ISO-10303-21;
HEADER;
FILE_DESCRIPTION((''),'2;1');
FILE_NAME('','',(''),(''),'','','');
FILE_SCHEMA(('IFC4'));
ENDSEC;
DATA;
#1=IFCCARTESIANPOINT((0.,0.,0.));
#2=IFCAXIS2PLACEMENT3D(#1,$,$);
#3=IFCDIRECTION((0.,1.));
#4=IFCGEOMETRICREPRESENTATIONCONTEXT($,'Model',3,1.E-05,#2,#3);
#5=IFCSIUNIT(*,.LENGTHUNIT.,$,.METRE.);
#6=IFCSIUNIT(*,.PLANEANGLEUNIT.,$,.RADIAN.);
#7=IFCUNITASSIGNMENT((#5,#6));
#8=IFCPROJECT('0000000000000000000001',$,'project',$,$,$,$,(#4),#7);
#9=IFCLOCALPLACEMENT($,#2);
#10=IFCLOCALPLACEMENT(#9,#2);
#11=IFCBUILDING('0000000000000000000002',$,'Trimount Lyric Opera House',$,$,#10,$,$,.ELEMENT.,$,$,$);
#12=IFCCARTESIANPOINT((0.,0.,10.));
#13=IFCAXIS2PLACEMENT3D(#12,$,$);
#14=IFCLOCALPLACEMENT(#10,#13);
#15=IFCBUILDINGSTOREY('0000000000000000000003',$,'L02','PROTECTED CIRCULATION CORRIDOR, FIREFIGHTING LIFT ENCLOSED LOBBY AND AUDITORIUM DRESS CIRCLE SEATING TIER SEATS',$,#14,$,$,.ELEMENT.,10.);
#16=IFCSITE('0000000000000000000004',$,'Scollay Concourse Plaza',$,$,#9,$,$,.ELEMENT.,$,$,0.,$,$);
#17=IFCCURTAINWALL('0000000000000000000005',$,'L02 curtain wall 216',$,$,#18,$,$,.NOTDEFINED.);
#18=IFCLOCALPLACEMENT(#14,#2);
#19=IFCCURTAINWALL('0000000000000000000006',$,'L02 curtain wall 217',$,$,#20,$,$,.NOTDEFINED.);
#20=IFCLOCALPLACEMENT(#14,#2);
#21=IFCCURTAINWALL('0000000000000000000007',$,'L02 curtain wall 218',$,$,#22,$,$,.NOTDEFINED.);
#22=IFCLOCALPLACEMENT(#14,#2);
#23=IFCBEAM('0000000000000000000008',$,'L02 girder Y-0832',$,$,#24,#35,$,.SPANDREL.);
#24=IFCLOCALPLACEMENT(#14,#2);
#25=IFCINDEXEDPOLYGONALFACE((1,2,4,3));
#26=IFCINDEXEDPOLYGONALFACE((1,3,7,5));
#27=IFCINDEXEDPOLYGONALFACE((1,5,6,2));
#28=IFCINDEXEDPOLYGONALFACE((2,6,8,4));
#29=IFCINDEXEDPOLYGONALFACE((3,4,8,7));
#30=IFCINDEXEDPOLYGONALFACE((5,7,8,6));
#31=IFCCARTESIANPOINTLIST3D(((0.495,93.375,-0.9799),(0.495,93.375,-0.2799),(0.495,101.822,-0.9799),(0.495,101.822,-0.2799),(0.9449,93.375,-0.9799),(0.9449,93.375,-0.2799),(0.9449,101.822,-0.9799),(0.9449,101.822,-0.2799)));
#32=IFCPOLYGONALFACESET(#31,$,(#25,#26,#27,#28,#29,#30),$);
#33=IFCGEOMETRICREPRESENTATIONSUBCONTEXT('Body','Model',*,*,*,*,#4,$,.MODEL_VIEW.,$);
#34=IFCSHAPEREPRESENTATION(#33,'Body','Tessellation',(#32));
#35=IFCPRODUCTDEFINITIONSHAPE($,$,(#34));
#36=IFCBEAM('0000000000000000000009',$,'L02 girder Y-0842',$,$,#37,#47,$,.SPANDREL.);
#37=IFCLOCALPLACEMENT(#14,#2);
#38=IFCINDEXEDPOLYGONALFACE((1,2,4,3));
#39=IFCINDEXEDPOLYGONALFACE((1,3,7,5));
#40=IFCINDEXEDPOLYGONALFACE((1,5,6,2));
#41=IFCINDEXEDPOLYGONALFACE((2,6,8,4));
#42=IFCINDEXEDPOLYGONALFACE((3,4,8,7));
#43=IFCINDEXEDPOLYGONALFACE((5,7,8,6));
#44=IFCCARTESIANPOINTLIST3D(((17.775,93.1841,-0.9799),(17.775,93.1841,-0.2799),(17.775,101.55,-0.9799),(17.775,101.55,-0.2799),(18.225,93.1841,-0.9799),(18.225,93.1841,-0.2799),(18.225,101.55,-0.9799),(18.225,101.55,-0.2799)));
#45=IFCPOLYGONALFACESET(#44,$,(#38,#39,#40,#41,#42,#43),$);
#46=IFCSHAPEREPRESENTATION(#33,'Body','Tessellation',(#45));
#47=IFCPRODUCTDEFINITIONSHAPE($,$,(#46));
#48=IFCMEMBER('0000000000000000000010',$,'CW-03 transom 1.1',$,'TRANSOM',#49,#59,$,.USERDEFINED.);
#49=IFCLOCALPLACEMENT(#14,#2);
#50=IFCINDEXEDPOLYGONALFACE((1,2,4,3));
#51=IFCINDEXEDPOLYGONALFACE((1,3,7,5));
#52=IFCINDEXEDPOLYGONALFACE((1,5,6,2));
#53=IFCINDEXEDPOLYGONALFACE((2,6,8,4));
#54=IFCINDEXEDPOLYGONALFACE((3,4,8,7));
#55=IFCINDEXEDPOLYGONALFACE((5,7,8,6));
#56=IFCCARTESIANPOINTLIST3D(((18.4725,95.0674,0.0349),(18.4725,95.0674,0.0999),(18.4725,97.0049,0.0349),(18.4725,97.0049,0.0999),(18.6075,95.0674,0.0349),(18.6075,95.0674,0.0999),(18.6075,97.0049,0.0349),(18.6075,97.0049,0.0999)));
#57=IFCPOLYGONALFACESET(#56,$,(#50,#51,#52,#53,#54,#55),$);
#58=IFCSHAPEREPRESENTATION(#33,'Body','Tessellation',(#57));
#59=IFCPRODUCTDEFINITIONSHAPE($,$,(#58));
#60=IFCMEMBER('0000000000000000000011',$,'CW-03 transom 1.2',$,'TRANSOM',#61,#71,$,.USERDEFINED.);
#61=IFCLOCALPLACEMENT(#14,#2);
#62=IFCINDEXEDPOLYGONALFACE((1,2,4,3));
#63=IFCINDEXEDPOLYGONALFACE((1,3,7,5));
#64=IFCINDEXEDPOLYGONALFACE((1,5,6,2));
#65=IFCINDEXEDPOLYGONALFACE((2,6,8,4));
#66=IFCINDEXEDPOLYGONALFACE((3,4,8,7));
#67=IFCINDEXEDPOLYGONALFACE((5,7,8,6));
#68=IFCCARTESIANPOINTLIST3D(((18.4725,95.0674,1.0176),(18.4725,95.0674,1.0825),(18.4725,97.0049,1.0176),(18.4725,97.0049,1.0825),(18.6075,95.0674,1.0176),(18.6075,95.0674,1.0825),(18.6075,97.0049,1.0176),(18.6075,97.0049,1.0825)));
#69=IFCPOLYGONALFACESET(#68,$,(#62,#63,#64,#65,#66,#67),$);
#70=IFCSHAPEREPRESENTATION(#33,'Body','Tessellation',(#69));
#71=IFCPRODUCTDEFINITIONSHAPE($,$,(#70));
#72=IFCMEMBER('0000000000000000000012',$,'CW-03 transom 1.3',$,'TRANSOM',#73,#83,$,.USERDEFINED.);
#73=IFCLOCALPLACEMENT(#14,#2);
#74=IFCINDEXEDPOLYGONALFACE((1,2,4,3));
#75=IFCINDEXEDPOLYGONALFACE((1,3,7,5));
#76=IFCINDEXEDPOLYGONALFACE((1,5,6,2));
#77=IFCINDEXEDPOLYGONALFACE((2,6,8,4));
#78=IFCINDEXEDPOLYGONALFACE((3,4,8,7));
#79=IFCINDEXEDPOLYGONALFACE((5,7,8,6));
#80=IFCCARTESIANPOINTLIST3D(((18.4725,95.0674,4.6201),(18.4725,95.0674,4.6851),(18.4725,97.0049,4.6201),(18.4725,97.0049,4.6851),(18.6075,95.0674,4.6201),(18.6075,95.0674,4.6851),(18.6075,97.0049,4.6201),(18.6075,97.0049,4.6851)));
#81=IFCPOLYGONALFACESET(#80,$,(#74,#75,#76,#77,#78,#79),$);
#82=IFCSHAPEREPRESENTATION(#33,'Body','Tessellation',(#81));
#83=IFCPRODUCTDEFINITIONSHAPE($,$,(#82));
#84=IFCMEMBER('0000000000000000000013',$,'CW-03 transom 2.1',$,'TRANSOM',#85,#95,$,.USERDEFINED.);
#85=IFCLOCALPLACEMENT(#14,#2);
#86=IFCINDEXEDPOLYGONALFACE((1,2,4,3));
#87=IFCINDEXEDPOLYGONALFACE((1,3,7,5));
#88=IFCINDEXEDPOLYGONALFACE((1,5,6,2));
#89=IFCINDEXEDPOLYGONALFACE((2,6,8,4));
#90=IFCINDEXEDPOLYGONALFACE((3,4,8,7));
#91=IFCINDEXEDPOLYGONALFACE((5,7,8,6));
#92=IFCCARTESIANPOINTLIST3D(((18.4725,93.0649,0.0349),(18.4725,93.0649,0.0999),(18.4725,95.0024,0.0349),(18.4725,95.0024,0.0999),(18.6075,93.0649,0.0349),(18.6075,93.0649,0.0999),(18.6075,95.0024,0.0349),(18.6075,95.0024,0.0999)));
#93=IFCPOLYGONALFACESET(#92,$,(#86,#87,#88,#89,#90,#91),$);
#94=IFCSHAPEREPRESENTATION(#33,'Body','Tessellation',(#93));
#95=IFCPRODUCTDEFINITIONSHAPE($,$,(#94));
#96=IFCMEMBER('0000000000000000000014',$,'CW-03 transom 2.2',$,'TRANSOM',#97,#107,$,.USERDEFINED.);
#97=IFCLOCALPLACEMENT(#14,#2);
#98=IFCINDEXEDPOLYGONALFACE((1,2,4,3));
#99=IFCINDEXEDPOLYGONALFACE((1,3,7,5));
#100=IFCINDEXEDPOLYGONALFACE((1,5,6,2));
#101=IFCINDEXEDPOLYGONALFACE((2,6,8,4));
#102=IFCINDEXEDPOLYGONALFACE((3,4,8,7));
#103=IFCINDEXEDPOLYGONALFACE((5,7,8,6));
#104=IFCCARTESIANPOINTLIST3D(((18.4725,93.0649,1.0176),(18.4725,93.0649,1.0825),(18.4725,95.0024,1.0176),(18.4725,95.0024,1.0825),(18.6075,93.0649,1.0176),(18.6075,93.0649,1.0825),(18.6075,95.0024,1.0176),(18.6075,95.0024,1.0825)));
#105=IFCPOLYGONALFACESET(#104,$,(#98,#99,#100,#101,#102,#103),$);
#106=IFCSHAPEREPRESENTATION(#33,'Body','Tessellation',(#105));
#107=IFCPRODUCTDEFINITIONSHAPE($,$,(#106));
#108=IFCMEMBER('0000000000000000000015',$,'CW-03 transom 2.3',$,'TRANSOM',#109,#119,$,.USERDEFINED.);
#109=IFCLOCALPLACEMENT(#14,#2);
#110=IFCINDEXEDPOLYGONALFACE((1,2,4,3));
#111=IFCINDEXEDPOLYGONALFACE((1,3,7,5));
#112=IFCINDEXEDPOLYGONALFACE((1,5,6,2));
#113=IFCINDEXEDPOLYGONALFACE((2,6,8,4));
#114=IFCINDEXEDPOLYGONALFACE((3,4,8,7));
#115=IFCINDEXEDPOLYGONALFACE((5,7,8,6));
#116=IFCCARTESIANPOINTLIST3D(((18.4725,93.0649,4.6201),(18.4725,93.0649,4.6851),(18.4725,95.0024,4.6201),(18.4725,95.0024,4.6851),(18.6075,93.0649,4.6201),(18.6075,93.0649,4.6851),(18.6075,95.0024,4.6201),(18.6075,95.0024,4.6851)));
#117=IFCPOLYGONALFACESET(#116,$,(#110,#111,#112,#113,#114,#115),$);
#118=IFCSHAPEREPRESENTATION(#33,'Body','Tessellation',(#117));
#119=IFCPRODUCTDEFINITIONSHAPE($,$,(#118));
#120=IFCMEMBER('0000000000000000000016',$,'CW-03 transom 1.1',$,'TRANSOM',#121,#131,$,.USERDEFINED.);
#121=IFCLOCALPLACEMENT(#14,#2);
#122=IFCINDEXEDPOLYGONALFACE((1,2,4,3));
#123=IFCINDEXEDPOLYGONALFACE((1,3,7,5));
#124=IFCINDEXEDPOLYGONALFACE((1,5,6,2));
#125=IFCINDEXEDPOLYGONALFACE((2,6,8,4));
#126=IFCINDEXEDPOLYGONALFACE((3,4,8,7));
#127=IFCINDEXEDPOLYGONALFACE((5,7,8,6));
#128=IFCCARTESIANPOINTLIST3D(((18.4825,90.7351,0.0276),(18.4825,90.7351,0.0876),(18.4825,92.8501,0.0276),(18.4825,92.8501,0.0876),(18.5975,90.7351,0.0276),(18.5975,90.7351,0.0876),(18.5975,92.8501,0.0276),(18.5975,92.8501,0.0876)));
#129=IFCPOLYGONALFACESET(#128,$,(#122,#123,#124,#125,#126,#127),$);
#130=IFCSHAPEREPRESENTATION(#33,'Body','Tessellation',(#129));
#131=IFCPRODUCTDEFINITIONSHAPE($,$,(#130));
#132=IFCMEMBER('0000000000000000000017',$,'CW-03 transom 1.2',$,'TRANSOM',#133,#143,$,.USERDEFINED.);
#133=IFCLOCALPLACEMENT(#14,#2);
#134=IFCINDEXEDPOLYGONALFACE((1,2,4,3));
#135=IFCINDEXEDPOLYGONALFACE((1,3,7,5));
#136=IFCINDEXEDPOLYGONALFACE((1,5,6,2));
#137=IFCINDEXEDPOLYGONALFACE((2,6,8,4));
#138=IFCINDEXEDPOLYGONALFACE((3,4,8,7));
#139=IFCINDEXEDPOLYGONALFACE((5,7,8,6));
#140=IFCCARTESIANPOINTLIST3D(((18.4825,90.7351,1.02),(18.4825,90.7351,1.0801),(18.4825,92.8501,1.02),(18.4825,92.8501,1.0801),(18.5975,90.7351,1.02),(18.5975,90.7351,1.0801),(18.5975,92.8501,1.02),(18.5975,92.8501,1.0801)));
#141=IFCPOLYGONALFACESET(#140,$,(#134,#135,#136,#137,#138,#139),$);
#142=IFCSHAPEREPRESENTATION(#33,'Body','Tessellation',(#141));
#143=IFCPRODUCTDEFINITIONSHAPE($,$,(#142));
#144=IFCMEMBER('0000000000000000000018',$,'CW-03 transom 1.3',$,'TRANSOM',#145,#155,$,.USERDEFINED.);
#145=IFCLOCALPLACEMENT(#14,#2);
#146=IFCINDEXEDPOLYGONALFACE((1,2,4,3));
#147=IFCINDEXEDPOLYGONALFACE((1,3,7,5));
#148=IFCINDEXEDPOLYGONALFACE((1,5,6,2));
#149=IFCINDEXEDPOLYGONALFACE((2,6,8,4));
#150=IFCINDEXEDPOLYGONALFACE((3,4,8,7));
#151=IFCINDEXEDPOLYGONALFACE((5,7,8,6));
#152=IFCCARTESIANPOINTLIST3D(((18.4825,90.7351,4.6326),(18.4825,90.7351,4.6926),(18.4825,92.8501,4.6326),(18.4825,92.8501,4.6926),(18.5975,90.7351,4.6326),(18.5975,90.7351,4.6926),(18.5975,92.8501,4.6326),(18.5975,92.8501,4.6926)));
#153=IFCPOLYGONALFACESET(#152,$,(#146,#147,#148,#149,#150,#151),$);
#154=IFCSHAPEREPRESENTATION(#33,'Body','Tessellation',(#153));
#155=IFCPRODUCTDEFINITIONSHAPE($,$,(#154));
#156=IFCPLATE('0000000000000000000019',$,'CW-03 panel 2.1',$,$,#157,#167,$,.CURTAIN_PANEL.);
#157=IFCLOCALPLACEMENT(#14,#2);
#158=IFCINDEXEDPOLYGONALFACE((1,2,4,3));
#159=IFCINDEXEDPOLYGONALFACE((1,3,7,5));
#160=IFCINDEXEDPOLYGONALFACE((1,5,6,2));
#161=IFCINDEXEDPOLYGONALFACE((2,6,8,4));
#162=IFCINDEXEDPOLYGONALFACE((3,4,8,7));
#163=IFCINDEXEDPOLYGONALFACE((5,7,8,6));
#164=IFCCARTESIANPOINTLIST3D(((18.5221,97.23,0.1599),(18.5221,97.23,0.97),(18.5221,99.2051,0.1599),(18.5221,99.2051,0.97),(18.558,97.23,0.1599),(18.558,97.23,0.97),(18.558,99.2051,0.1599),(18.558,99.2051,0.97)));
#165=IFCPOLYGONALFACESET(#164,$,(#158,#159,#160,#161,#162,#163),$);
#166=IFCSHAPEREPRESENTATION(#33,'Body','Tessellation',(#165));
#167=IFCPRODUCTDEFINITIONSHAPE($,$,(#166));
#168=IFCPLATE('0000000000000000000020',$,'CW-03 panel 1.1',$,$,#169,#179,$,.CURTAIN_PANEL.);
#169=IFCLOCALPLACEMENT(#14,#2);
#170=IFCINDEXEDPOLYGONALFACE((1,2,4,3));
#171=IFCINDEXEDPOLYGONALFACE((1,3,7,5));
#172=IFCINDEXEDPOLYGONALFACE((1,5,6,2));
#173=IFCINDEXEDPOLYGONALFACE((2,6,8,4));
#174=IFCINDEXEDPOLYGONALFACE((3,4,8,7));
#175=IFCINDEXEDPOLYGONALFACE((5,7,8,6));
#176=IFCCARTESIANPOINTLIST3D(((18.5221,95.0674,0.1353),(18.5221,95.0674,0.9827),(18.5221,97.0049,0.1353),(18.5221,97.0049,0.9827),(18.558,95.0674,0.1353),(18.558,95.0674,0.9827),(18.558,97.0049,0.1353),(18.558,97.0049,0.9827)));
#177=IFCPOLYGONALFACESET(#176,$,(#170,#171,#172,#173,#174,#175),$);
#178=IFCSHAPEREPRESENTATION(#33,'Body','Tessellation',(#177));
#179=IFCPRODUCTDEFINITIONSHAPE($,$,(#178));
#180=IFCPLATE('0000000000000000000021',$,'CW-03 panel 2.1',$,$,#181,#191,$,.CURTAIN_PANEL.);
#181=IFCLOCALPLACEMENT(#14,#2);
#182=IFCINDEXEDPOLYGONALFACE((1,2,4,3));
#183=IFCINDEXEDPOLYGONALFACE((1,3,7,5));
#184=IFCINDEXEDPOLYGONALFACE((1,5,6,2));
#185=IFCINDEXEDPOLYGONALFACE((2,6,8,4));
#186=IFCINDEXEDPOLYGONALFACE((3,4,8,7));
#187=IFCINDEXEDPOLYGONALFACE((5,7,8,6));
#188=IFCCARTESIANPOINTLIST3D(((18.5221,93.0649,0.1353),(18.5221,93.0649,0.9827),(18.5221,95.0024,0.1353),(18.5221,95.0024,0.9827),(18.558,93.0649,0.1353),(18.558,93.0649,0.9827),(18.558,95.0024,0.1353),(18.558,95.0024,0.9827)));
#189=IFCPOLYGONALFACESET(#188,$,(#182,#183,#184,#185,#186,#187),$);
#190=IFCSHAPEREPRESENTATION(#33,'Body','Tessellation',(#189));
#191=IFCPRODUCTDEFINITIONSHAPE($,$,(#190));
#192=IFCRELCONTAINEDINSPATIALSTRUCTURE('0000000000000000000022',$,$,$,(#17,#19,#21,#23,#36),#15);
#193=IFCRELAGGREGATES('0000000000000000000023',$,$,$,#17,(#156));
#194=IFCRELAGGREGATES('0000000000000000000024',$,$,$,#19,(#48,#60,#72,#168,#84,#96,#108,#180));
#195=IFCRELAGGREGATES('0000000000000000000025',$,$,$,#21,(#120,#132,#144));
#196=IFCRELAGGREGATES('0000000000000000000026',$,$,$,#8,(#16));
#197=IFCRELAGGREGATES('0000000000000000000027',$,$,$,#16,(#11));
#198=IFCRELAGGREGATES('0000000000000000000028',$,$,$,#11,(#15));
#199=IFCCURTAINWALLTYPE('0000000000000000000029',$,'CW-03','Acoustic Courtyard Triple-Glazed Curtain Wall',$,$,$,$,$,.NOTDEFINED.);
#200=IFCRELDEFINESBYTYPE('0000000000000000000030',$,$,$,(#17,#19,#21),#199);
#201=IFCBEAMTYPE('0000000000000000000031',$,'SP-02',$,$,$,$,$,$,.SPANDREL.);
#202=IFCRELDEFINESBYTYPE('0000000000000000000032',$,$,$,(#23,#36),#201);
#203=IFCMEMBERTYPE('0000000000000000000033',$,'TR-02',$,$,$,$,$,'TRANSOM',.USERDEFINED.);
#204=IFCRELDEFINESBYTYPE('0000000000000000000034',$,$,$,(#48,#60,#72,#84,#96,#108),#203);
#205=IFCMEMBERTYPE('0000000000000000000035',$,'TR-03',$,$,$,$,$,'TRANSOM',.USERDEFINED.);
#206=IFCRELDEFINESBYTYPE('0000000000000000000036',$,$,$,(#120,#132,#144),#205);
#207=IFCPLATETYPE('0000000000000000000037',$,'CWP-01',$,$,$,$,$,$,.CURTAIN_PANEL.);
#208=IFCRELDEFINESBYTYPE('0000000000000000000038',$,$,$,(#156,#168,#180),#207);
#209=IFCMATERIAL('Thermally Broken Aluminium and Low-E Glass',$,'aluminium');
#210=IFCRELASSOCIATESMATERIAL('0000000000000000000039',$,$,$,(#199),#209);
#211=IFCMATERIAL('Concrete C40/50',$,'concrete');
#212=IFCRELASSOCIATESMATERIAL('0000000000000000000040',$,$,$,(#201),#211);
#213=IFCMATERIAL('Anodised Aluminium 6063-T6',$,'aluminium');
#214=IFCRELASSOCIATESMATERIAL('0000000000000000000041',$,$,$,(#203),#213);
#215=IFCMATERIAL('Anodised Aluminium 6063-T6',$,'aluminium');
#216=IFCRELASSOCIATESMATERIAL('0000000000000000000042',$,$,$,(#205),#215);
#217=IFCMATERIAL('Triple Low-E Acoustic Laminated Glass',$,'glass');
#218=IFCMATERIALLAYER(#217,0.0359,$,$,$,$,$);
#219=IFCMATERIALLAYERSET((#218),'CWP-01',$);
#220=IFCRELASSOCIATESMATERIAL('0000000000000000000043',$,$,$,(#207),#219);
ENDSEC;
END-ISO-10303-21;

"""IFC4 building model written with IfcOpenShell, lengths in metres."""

from ifc_helpers import new_model, si_unit, direction, frame, origin, origin_2d, place, context, subcontext, project, spatial, rectangle, extrude, material, layer, layer_set, material_profile, profile_set, type_object, element, aggregate, save


model = new_model("IFC4")

# Units and contexts
model_context = context("Model", 3, precision=1e-05, world=origin(), true_north=direction((0.0, 1.0)))
body_context = subcontext(model_context, "Body", "Model", "MODEL_VIEW")
ifc_project = project(units=[si_unit("LENGTHUNIT", "METRE"), si_unit("PLANEANGLEUNIT", "RADIAN")], contexts=[model_context])

# Site, building, storey
site_placement = place(None, origin())
site = spatial("IfcSite", under=ifc_project, at=site_placement, Name="Scollay Concourse Plaza", CompositionType="ELEMENT", RefElevation=0.0)
building_placement = place(site_placement, origin())
building = spatial("IfcBuilding", under=site, at=building_placement, Name="Trimount Lyric Opera House", CompositionType="ELEMENT")
storey_placement = place(building_placement, frame((0.0, 0.0, 10.0)))
storey = spatial("IfcBuildingStorey", under=building, at=storey_placement, Name="L02", Description="PROTECTED CIRCULATION CORRIDOR, FIREFIGHTING LIFT ENCLOSED LOBBY AND AUDITORIUM DRESS CIRCLE SEATING TIER SEATS", CompositionType="ELEMENT", Elevation=10.0)

# Curtain wall
ifc_material_1 = material(Name="Thermally Broken Aluminium and Low-E Glass", Category="aluminium")
curtain_wall_type = type_object("IfcCurtainWallType", Name="CW-03", Description="Acoustic Courtyard Triple-Glazed Curtain Wall", PredefinedType="NOTDEFINED", material=ifc_material_1)
curtain_wall_1_placement = place(storey_placement, origin())
curtain_wall_1 = element("IfcCurtainWall", 1, at=curtain_wall_1_placement, inside=storey, type_object=curtain_wall_type, Name="L02 curtain wall 216", PredefinedType="NOTDEFINED")

# Curtain wall
curtain_wall_2_placement = place(storey_placement, origin())
curtain_wall_2 = element("IfcCurtainWall", 2, at=curtain_wall_2_placement, inside=storey, type_object=curtain_wall_type, Name="L02 curtain wall 217", PredefinedType="NOTDEFINED")

# Curtain wall
curtain_wall_3_placement = place(storey_placement, origin())
curtain_wall_3 = element("IfcCurtainWall", 3, at=curtain_wall_3_placement, inside=storey, type_object=curtain_wall_type, Name="L02 curtain wall 218", PredefinedType="NOTDEFINED")

# Beams
ifc_material_2 = material(Name="Concrete C40/50", Category="concrete")
ifc_material_profile_1 = material_profile(ifc_material_2, rectangle(XDim=0.45, YDim=0.7, at=origin_2d()), Name="RC450X700")
ifc_profile_set_1 = profile_set([ifc_material_profile_1], Name="Concrete C40/50")
beam_type_1 = type_object("IfcBeamType", Name="SP-02", PredefinedType="SPANDREL", material=ifc_profile_set_1)
beam_1_placement = place(storey_placement, frame((0.72, 93.375, -0.6299), z_axis=(0.0, 1.0, 0.0), x_axis=(-1.0, 0.0, 0.0)))
element("IfcBeam", 4, at=beam_1_placement, inside=storey, type_object=beam_type_1, Name="L02 girder Y-0832", PredefinedType="SPANDREL", context=body_context, shape_type="SweptSolid", body=[
    extrude(rectangle(XDim=0.45, YDim=0.7, at=origin_2d()), origin(), (0.0, 0.0, 1.0), 8.447),
])
beam_2_placement = place(storey_placement, frame((18.0, 93.1841, -0.6299), z_axis=(0.0, 1.0, 0.0), x_axis=(-1.0, 0.0, 0.0)))
element("IfcBeam", 5, at=beam_2_placement, inside=storey, type_object=beam_type_1, Name="L02 girder Y-0842", PredefinedType="SPANDREL", context=body_context, shape_type="SweptSolid", body=[
    extrude(rectangle(XDim=0.45, YDim=0.7, at=origin_2d()), origin(), (0.0, 0.0, 1.0), 8.366),
])

# Members
ifc_material_3 = material(Name="Anodised Aluminium 6063-T6", Category="aluminium")
ifc_material_profile_2 = material_profile(ifc_material_3, rectangle(XDim=0.135, YDim=0.0649, at=origin_2d()), Name="ALU-TRAN-65X135")
ifc_profile_set_2 = profile_set([ifc_material_profile_2], Name="Anodised Aluminium 6063-T6")
member_type_1 = type_object("IfcMemberType", Name="TR-02", ElementType="TRANSOM", PredefinedType="USERDEFINED", material=ifc_profile_set_2)
member_1_placement = place(storey_placement, frame((18.54, 97.0049, 0.0674), z_axis=(0.0, -1.0, 0.0), x_axis=(1.0, 0.0, 0.0)))
member_1 = element("IfcMember", 6, at=member_1_placement, type_object=member_type_1, Name="CW-03 transom 1.1", ObjectType="TRANSOM", PredefinedType="USERDEFINED", context=body_context, shape_type="SweptSolid", body=[
    extrude(rectangle(XDim=0.135, YDim=0.0649, at=origin_2d()), origin(), (0.0, 0.0, 1.0), 1.9375),
])
member_2_placement = place(storey_placement, frame((18.54, 97.0049, 1.05), z_axis=(0.0, -1.0, 0.0), x_axis=(1.0, 0.0, 0.0)))
member_2 = element("IfcMember", 7, at=member_2_placement, type_object=member_type_1, Name="CW-03 transom 1.2", ObjectType="TRANSOM", PredefinedType="USERDEFINED", context=body_context, shape_type="SweptSolid", body=[
    extrude(rectangle(XDim=0.135, YDim=0.0649, at=origin_2d()), origin(), (0.0, 0.0, 1.0), 1.9375),
])
member_3_placement = place(storey_placement, frame((18.54, 97.0049, 4.6526), z_axis=(0.0, -1.0, 0.0), x_axis=(1.0, 0.0, 0.0)))
member_3 = element("IfcMember", 8, at=member_3_placement, type_object=member_type_1, Name="CW-03 transom 1.3", ObjectType="TRANSOM", PredefinedType="USERDEFINED", context=body_context, shape_type="SweptSolid", body=[
    extrude(rectangle(XDim=0.135, YDim=0.0649, at=origin_2d()), origin(), (0.0, 0.0, 1.0), 1.9375),
])
member_4_placement = place(storey_placement, frame((18.54, 95.0024, 0.0674), z_axis=(0.0, -1.0, 0.0), x_axis=(1.0, 0.0, 0.0)))
member_4 = element("IfcMember", 9, at=member_4_placement, type_object=member_type_1, Name="CW-03 transom 2.1", ObjectType="TRANSOM", PredefinedType="USERDEFINED", context=body_context, shape_type="SweptSolid", body=[
    extrude(rectangle(XDim=0.135, YDim=0.0649, at=origin_2d()), origin(), (0.0, 0.0, 1.0), 1.9375),
])
member_5_placement = place(storey_placement, frame((18.54, 95.0024, 1.05), z_axis=(0.0, -1.0, 0.0), x_axis=(1.0, 0.0, 0.0)))
member_5 = element("IfcMember", 10, at=member_5_placement, type_object=member_type_1, Name="CW-03 transom 2.2", ObjectType="TRANSOM", PredefinedType="USERDEFINED", context=body_context, shape_type="SweptSolid", body=[
    extrude(rectangle(XDim=0.135, YDim=0.0649, at=origin_2d()), origin(), (0.0, 0.0, 1.0), 1.9375),
])
member_6_placement = place(storey_placement, frame((18.54, 95.0024, 4.6526), z_axis=(0.0, -1.0, 0.0), x_axis=(1.0, 0.0, 0.0)))
member_6 = element("IfcMember", 11, at=member_6_placement, type_object=member_type_1, Name="CW-03 transom 2.3", ObjectType="TRANSOM", PredefinedType="USERDEFINED", context=body_context, shape_type="SweptSolid", body=[
    extrude(rectangle(XDim=0.135, YDim=0.0649, at=origin_2d()), origin(), (0.0, 0.0, 1.0), 1.9375),
])
ifc_material_4 = material(Name="Anodised Aluminium 6063-T6", Category="aluminium")
ifc_material_profile_3 = material_profile(ifc_material_4, rectangle(XDim=0.115, YDim=0.0601, at=origin_2d()), Name="ALU-TRAN-60X115")
ifc_profile_set_3 = profile_set([ifc_material_profile_3], Name="Anodised Aluminium 6063-T6")
member_type_2 = type_object("IfcMemberType", Name="TR-03", ElementType="TRANSOM", PredefinedType="USERDEFINED", material=ifc_profile_set_3)
member_7_placement = place(storey_placement, frame((18.54, 92.8501, 0.0576), z_axis=(0.0, -1.0, 0.0), x_axis=(1.0, 0.0, 0.0)))
member_7 = element("IfcMember", 12, at=member_7_placement, type_object=member_type_2, Name="CW-03 transom 1.1", ObjectType="TRANSOM", PredefinedType="USERDEFINED", context=body_context, shape_type="SweptSolid", body=[
    extrude(rectangle(XDim=0.115, YDim=0.0601, at=origin_2d()), origin(), (0.0, 0.0, 1.0), 2.115),
])
member_8_placement = place(storey_placement, frame((18.54, 92.8501, 1.05), z_axis=(0.0, -1.0, 0.0), x_axis=(1.0, 0.0, 0.0)))
member_8 = element("IfcMember", 13, at=member_8_placement, type_object=member_type_2, Name="CW-03 transom 1.2", ObjectType="TRANSOM", PredefinedType="USERDEFINED", context=body_context, shape_type="SweptSolid", body=[
    extrude(rectangle(XDim=0.115, YDim=0.0601, at=origin_2d()), origin(), (0.0, 0.0, 1.0), 2.115),
])
member_9_placement = place(storey_placement, frame((18.54, 92.8501, 4.6626), z_axis=(0.0, -1.0, 0.0), x_axis=(1.0, 0.0, 0.0)))
member_9 = element("IfcMember", 14, at=member_9_placement, type_object=member_type_2, Name="CW-03 transom 1.3", ObjectType="TRANSOM", PredefinedType="USERDEFINED", context=body_context, shape_type="SweptSolid", body=[
    extrude(rectangle(XDim=0.115, YDim=0.0601, at=origin_2d()), origin(), (0.0, 0.0, 1.0), 2.115),
])

# Plates
ifc_material_5 = material(Name="Triple Low-E Acoustic Laminated Glass", Category="glass")
ifc_layer_1 = layer(ifc_material_5, 0.0359)
ifc_layer_set_1 = layer_set([ifc_layer_1], Name="CWP-01")
plate_type_1 = type_object("IfcPlateType", Name="CWP-01", PredefinedType="CURTAIN_PANEL", material=ifc_layer_set_1)
plate_1_placement = place(storey_placement, frame((18.54, 98.2175, 0.1599), z_axis=(0.0, 0.0, 1.0), x_axis=(0.0, -1.0, 0.0)))
plate_1 = element("IfcPlate", 15, at=plate_1_placement, type_object=plate_type_1, Name="CW-03 panel 2.1", PredefinedType="CURTAIN_PANEL", context=body_context, shape_type="SweptSolid", body=[
    extrude(rectangle(XDim=1.9751, YDim=0.0359, at=origin_2d()), origin(), (0.0, 0.0, 1.0), 0.8101),
])
aggregate(curtain_wall_1, [plate_1])
plate_2_placement = place(storey_placement, frame((18.54, 96.0361, 0.1353), z_axis=(0.0, 0.0, 1.0), x_axis=(0.0, -1.0, 0.0)))
plate_2 = element("IfcPlate", 16, at=plate_2_placement, type_object=plate_type_1, Name="CW-03 panel 1.1", PredefinedType="CURTAIN_PANEL", context=body_context, shape_type="SweptSolid", body=[
    extrude(rectangle(XDim=1.9375, YDim=0.0359, at=origin_2d()), origin(), (0.0, 0.0, 1.0), 0.8474),
])
plate_3_placement = place(storey_placement, frame((18.54, 94.0337, 0.1353), z_axis=(0.0, 0.0, 1.0), x_axis=(0.0, -1.0, 0.0)))
plate_3 = element("IfcPlate", 17, at=plate_3_placement, type_object=plate_type_1, Name="CW-03 panel 2.1", PredefinedType="CURTAIN_PANEL", context=body_context, shape_type="SweptSolid", body=[
    extrude(rectangle(XDim=1.9375, YDim=0.0359, at=origin_2d()), origin(), (0.0, 0.0, 1.0), 0.8474),
])
aggregate(curtain_wall_2, [member_1, member_2, member_3, plate_2, member_4, member_5, member_6, plate_3])
aggregate(curtain_wall_3, [member_7, member_8, member_9])

save(model, "model.ifc")
